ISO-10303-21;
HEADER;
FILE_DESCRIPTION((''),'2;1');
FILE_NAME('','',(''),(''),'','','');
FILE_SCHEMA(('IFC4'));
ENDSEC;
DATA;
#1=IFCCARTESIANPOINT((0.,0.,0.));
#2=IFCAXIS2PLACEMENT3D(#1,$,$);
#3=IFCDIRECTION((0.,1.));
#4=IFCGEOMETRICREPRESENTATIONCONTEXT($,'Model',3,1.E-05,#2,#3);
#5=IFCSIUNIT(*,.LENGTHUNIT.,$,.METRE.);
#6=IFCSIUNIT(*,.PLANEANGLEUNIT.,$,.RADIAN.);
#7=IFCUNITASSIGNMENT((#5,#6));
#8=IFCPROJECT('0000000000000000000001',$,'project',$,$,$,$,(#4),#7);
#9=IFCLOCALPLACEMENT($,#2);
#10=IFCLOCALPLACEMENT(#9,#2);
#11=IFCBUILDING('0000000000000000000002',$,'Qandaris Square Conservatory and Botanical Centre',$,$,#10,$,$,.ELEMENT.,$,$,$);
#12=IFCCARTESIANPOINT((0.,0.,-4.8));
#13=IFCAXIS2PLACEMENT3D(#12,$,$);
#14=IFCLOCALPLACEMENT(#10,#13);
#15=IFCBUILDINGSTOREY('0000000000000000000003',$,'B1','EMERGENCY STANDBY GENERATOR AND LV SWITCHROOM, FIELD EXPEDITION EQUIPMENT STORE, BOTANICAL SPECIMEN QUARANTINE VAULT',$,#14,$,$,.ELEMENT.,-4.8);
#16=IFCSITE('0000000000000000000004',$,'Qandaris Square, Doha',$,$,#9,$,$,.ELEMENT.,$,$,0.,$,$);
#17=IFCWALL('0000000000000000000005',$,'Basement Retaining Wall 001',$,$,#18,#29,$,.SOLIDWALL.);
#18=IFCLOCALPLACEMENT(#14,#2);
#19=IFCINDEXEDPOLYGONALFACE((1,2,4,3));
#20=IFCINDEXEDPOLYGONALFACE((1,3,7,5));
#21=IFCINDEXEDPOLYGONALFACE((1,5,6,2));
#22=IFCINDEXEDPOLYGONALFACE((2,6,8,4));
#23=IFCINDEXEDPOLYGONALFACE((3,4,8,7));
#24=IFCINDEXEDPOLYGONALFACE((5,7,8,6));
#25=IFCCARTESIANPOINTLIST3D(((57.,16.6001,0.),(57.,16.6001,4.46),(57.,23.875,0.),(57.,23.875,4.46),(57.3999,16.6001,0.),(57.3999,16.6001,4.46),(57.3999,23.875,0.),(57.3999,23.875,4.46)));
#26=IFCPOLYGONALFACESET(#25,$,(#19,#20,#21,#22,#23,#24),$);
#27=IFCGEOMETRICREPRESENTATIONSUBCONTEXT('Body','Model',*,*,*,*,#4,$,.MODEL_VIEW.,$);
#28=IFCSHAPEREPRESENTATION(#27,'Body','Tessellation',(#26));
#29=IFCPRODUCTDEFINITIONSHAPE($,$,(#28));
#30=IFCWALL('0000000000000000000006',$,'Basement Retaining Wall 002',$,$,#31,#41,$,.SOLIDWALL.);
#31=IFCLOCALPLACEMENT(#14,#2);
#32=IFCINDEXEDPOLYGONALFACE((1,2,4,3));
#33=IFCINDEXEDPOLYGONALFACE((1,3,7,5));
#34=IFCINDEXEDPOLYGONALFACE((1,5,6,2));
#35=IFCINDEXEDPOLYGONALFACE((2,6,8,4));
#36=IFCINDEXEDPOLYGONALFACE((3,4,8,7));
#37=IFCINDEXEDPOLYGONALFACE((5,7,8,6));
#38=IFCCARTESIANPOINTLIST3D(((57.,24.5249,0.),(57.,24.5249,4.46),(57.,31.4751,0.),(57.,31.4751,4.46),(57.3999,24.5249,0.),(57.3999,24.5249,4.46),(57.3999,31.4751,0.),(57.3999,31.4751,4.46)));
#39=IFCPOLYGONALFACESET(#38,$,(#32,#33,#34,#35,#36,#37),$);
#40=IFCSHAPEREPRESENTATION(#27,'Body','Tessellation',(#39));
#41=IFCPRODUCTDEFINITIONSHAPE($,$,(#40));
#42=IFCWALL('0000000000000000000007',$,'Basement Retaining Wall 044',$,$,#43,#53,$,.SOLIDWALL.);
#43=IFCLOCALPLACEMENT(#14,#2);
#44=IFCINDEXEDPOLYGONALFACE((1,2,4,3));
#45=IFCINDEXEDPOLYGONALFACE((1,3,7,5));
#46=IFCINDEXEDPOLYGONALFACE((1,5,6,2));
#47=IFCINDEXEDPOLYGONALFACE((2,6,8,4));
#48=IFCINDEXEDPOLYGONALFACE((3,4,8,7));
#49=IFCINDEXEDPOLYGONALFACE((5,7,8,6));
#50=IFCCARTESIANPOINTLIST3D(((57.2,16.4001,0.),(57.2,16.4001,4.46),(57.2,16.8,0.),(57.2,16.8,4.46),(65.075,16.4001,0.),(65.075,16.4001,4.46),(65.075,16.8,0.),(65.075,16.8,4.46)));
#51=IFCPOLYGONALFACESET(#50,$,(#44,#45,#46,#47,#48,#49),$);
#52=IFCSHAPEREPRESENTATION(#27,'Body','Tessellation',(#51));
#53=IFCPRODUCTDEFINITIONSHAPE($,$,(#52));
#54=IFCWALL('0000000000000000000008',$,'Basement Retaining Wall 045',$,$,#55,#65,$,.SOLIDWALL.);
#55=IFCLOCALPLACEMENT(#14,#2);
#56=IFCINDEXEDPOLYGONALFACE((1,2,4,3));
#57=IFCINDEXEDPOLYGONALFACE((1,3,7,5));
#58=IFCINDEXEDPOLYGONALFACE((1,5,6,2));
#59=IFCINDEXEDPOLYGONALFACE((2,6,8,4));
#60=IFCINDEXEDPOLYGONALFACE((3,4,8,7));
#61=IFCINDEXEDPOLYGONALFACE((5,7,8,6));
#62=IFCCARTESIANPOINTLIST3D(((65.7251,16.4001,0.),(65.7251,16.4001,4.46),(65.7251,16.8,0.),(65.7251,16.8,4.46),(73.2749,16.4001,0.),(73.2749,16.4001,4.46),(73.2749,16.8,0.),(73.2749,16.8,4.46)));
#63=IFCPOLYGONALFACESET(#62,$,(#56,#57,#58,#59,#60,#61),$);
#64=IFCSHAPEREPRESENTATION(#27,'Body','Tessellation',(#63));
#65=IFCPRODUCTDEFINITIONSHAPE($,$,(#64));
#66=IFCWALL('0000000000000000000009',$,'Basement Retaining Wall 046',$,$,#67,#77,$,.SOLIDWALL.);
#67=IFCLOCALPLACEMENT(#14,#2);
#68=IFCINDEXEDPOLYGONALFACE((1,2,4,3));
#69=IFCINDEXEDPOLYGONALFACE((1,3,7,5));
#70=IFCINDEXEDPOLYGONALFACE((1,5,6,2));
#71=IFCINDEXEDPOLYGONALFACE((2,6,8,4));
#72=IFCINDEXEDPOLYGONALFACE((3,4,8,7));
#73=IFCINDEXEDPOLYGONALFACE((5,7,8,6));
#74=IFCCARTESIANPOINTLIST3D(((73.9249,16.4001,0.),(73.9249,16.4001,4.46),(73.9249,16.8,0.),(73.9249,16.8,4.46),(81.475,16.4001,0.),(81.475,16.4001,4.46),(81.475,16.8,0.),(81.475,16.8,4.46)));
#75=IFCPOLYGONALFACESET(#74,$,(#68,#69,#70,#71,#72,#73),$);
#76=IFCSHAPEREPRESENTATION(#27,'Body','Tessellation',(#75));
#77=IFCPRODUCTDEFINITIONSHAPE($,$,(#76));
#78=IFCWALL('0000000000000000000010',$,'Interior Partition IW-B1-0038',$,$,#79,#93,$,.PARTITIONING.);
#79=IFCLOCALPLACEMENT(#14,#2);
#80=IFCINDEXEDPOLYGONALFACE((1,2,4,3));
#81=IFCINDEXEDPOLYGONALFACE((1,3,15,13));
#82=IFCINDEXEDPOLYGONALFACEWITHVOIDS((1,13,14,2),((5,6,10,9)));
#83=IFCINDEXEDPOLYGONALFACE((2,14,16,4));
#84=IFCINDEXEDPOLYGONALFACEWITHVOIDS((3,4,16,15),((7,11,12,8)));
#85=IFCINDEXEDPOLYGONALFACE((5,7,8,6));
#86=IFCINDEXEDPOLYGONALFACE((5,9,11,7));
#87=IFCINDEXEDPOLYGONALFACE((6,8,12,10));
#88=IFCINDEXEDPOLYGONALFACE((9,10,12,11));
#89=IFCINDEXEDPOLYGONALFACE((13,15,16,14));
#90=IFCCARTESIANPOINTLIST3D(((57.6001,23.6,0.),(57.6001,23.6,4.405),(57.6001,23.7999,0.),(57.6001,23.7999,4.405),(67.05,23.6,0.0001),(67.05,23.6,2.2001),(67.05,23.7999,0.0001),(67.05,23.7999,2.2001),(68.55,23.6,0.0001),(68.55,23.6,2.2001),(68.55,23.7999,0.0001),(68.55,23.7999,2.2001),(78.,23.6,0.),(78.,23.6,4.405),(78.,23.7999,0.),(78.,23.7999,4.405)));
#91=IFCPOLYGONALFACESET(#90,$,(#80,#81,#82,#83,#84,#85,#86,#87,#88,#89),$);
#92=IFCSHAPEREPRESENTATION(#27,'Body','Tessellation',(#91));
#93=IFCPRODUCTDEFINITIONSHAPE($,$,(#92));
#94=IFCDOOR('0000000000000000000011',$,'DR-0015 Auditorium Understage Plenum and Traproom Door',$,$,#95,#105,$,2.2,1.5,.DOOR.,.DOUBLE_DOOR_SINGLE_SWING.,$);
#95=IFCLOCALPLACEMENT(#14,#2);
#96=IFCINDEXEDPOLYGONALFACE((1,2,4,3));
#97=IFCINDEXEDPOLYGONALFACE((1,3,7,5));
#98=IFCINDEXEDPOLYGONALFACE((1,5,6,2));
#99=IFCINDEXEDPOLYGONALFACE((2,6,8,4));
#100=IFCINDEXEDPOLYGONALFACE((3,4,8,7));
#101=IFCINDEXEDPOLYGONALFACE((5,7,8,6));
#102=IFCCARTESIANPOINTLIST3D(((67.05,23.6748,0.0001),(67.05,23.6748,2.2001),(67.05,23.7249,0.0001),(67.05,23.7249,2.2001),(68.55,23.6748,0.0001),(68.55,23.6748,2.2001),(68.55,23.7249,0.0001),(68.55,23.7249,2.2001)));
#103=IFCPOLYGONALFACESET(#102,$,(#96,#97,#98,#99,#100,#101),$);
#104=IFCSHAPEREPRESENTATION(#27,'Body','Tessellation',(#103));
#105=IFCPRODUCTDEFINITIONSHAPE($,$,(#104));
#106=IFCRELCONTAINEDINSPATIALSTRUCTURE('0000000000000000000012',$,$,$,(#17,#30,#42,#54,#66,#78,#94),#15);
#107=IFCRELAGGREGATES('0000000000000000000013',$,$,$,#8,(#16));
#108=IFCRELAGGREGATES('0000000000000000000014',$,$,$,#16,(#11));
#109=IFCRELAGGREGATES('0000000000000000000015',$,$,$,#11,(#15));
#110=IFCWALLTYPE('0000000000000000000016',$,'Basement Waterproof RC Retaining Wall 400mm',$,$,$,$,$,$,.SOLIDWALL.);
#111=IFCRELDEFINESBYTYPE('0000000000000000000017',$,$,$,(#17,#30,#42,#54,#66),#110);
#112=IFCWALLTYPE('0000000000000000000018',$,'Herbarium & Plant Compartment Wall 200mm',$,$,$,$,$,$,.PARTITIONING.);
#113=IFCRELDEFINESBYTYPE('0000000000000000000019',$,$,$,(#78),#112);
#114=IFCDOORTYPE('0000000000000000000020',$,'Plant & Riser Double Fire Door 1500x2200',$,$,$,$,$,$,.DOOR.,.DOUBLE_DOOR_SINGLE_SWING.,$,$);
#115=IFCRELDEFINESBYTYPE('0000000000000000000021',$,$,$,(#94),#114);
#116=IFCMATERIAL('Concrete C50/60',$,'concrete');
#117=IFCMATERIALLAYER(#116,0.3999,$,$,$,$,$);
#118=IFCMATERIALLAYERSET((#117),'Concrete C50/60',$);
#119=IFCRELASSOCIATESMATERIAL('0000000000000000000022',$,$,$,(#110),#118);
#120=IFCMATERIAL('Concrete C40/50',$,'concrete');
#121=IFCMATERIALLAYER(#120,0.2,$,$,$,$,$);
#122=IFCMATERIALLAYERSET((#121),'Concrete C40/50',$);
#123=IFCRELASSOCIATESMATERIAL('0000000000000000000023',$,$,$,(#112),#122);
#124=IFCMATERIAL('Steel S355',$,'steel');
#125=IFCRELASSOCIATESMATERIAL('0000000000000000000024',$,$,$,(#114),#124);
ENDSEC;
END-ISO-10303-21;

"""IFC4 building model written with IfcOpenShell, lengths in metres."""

from ifc_helpers import new_model, si_unit, direction, frame, frame_2d, origin, place, context, subcontext, project, spatial, rectangle, extrude, material, layer, layer_set, type_object, element, fill, save


model = new_model("IFC4")

# Units and contexts
model_context = context("Model", 3, precision=1e-05, world=origin(), true_north=direction((0.0, 1.0)))
body_context = subcontext(model_context, "Body", "Model", "MODEL_VIEW")
ifc_project = project(units=[si_unit("LENGTHUNIT", "METRE"), si_unit("PLANEANGLEUNIT", "RADIAN")], contexts=[model_context])

# Site, building, storey
site_placement = place(None, origin())
site = spatial("IfcSite", under=ifc_project, at=site_placement, Name="Qandaris Square, Doha", CompositionType="ELEMENT", RefElevation=0.0)
building_placement = place(site_placement, origin())
building = spatial("IfcBuilding", under=site, at=building_placement, Name="Qandaris Square Conservatory and Botanical Centre", CompositionType="ELEMENT")
storey_placement = place(building_placement, frame((0.0, 0.0, -4.8)))
storey = spatial("IfcBuildingStorey", under=building, at=storey_placement, Name="B1", Description="EMERGENCY STANDBY GENERATOR AND LV SWITCHROOM, FIELD EXPEDITION EQUIPMENT STORE, BOTANICAL SPECIMEN QUARANTINE VAULT", CompositionType="ELEMENT", Elevation=-4.8)

# Shared definitions
ifc_material_1 = material(Name="Concrete C50/60", Category="concrete")

# Shared definitions
ifc_material_2 = material(Name="Concrete C40/50", Category="concrete")

# Walls
ifc_layer_1 = layer(ifc_material_1, 0.3999)
ifc_layer_set_1 = layer_set([ifc_layer_1], Name="Concrete C50/60")
wall_type_1 = type_object("IfcWallType", Name="Basement Waterproof RC Retaining Wall 400mm", PredefinedType="SOLIDWALL", material=ifc_layer_set_1)
wall_1_placement = place(storey_placement, frame((57.2, 16.6001, 0.0), z_axis=(0.0, 0.0, 1.0), x_axis=(0.0, 1.0, 0.0)))
element("IfcWall", 1, at=wall_1_placement, inside=storey, type_object=wall_type_1, Name="Basement Retaining Wall 001", PredefinedType="SOLIDWALL", context=body_context, shape_type="SweptSolid", body=[
    extrude(rectangle(XDim=7.2749, YDim=0.3999, at=frame_2d((3.6375, 0.0))), origin(), (0.0, 0.0, 1.0), 4.46),
])
wall_2_placement = place(storey_placement, frame((57.2, 24.5249, 0.0), z_axis=(0.0, 0.0, 1.0), x_axis=(0.0, 1.0, 0.0)))
element("IfcWall", 2, at=wall_2_placement, inside=storey, type_object=wall_type_1, Name="Basement Retaining Wall 002", PredefinedType="SOLIDWALL", context=body_context, shape_type="SweptSolid", body=[
    extrude(rectangle(XDim=6.9502, YDim=0.3999, at=frame_2d((3.4751, 0.0))), origin(), (0.0, 0.0, 1.0), 4.46),
])
wall_3_placement = place(storey_placement, frame((57.2, 16.6001, 0.0), z_axis=(0.0, 0.0, 1.0), x_axis=(1.0, 0.0, 0.0)))
element("IfcWall", 3, at=wall_3_placement, inside=storey, type_object=wall_type_1, Name="Basement Retaining Wall 044", PredefinedType="SOLIDWALL", context=body_context, shape_type="SweptSolid", body=[
    extrude(rectangle(XDim=7.875, YDim=0.3999, at=frame_2d((3.9375, 0.0))), origin(), (0.0, 0.0, 1.0), 4.46),
])
wall_4_placement = place(storey_placement, frame((65.7251, 16.6001, 0.0), z_axis=(0.0, 0.0, 1.0), x_axis=(1.0, 0.0, 0.0)))
element("IfcWall", 4, at=wall_4_placement, inside=storey, type_object=wall_type_1, Name="Basement Retaining Wall 045", PredefinedType="SOLIDWALL", context=body_context, shape_type="SweptSolid", body=[
    extrude(rectangle(XDim=7.5498, YDim=0.3999, at=frame_2d((3.7749, 0.0))), origin(), (0.0, 0.0, 1.0), 4.46),
])
wall_5_placement = place(storey_placement, frame((73.925, 16.6001, 0.0), z_axis=(0.0, 0.0, 1.0), x_axis=(1.0, 0.0, 0.0)))
element("IfcWall", 5, at=wall_5_placement, inside=storey, type_object=wall_type_1, Name="Basement Retaining Wall 046", PredefinedType="SOLIDWALL", context=body_context, shape_type="SweptSolid", body=[
    extrude(rectangle(XDim=7.55, YDim=0.3999, at=frame_2d((3.7749, 0.0))), origin(), (0.0, 0.0, 1.0), 4.46),
])

# Wall, opening, door
ifc_layer_2 = layer(ifc_material_2, 0.2)
ifc_layer_set_2 = layer_set([ifc_layer_2], Name="Concrete C40/50")
wall_type_2 = type_object("IfcWallType", Name="Herbarium & Plant Compartment Wall 200mm", PredefinedType="PARTITIONING", material=ifc_layer_set_2)
wall_6_placement = place(storey_placement, frame((57.6001, 23.7, 0.0), z_axis=(0.0, 0.0, 1.0), x_axis=(1.0, 0.0, 0.0)))
wall_6 = element("IfcWall", 6, at=wall_6_placement, inside=storey, type_object=wall_type_2, Name="Interior Partition IW-B1-0038", PredefinedType="PARTITIONING", context=body_context, shape_type="SweptSolid", body=[
    extrude(rectangle(XDim=20.3999, YDim=0.2, at=frame_2d((10.2, 0.0))), origin(), (0.0, 0.0, 1.0), 4.405),
])
opening_placement = place(wall_6_placement, frame((9.45, 0.0, 0.0)))
opening = element("IfcOpeningElement", 7, at=opening_placement, cuts=wall_6, PredefinedType="OPENING", context=body_context, shape_type="SweptSolid", body=[
    extrude(rectangle(XDim=1.5, YDim=2.2, at=frame_2d((0.75, 1.1001))), frame((0.0, 0.1118, 0.0), z_axis=(0.0, -1.0, 0.0), x_axis=(1.0, 0.0, 0.0)), (0.0, 0.0, 1.0), 0.2239),
])
ifc_material_3 = material(Name="Steel S355", Category="steel")
door_type = type_object("IfcDoorType", Name="Plant & Riser Double Fire Door 1500x2200", OperationType="DOUBLE_DOOR_SINGLE_SWING", PredefinedType="DOOR", material=ifc_material_3)
door_placement = place(opening_placement, origin())
door = element("IfcDoor", 8, at=door_placement, inside=storey, type_object=door_type, Name="DR-0015 Auditorium Understage Plenum and Traproom Door", OperationType="DOUBLE_DOOR_SINGLE_SWING", OverallHeight=2.2, OverallWidth=1.5, PredefinedType="DOOR", context=body_context, shape_type="SweptSolid", body=[
    extrude(rectangle(XDim=1.5, YDim=2.2, at=frame_2d((0.75, 1.1001))), frame((0.0, 0.0249, 0.0), z_axis=(0.0, -1.0, 0.0), x_axis=(1.0, 0.0, 0.0)), (0.0, 0.0, 1.0), 0.05),
])
fill(opening, door)

save(model, "model.ifc")
